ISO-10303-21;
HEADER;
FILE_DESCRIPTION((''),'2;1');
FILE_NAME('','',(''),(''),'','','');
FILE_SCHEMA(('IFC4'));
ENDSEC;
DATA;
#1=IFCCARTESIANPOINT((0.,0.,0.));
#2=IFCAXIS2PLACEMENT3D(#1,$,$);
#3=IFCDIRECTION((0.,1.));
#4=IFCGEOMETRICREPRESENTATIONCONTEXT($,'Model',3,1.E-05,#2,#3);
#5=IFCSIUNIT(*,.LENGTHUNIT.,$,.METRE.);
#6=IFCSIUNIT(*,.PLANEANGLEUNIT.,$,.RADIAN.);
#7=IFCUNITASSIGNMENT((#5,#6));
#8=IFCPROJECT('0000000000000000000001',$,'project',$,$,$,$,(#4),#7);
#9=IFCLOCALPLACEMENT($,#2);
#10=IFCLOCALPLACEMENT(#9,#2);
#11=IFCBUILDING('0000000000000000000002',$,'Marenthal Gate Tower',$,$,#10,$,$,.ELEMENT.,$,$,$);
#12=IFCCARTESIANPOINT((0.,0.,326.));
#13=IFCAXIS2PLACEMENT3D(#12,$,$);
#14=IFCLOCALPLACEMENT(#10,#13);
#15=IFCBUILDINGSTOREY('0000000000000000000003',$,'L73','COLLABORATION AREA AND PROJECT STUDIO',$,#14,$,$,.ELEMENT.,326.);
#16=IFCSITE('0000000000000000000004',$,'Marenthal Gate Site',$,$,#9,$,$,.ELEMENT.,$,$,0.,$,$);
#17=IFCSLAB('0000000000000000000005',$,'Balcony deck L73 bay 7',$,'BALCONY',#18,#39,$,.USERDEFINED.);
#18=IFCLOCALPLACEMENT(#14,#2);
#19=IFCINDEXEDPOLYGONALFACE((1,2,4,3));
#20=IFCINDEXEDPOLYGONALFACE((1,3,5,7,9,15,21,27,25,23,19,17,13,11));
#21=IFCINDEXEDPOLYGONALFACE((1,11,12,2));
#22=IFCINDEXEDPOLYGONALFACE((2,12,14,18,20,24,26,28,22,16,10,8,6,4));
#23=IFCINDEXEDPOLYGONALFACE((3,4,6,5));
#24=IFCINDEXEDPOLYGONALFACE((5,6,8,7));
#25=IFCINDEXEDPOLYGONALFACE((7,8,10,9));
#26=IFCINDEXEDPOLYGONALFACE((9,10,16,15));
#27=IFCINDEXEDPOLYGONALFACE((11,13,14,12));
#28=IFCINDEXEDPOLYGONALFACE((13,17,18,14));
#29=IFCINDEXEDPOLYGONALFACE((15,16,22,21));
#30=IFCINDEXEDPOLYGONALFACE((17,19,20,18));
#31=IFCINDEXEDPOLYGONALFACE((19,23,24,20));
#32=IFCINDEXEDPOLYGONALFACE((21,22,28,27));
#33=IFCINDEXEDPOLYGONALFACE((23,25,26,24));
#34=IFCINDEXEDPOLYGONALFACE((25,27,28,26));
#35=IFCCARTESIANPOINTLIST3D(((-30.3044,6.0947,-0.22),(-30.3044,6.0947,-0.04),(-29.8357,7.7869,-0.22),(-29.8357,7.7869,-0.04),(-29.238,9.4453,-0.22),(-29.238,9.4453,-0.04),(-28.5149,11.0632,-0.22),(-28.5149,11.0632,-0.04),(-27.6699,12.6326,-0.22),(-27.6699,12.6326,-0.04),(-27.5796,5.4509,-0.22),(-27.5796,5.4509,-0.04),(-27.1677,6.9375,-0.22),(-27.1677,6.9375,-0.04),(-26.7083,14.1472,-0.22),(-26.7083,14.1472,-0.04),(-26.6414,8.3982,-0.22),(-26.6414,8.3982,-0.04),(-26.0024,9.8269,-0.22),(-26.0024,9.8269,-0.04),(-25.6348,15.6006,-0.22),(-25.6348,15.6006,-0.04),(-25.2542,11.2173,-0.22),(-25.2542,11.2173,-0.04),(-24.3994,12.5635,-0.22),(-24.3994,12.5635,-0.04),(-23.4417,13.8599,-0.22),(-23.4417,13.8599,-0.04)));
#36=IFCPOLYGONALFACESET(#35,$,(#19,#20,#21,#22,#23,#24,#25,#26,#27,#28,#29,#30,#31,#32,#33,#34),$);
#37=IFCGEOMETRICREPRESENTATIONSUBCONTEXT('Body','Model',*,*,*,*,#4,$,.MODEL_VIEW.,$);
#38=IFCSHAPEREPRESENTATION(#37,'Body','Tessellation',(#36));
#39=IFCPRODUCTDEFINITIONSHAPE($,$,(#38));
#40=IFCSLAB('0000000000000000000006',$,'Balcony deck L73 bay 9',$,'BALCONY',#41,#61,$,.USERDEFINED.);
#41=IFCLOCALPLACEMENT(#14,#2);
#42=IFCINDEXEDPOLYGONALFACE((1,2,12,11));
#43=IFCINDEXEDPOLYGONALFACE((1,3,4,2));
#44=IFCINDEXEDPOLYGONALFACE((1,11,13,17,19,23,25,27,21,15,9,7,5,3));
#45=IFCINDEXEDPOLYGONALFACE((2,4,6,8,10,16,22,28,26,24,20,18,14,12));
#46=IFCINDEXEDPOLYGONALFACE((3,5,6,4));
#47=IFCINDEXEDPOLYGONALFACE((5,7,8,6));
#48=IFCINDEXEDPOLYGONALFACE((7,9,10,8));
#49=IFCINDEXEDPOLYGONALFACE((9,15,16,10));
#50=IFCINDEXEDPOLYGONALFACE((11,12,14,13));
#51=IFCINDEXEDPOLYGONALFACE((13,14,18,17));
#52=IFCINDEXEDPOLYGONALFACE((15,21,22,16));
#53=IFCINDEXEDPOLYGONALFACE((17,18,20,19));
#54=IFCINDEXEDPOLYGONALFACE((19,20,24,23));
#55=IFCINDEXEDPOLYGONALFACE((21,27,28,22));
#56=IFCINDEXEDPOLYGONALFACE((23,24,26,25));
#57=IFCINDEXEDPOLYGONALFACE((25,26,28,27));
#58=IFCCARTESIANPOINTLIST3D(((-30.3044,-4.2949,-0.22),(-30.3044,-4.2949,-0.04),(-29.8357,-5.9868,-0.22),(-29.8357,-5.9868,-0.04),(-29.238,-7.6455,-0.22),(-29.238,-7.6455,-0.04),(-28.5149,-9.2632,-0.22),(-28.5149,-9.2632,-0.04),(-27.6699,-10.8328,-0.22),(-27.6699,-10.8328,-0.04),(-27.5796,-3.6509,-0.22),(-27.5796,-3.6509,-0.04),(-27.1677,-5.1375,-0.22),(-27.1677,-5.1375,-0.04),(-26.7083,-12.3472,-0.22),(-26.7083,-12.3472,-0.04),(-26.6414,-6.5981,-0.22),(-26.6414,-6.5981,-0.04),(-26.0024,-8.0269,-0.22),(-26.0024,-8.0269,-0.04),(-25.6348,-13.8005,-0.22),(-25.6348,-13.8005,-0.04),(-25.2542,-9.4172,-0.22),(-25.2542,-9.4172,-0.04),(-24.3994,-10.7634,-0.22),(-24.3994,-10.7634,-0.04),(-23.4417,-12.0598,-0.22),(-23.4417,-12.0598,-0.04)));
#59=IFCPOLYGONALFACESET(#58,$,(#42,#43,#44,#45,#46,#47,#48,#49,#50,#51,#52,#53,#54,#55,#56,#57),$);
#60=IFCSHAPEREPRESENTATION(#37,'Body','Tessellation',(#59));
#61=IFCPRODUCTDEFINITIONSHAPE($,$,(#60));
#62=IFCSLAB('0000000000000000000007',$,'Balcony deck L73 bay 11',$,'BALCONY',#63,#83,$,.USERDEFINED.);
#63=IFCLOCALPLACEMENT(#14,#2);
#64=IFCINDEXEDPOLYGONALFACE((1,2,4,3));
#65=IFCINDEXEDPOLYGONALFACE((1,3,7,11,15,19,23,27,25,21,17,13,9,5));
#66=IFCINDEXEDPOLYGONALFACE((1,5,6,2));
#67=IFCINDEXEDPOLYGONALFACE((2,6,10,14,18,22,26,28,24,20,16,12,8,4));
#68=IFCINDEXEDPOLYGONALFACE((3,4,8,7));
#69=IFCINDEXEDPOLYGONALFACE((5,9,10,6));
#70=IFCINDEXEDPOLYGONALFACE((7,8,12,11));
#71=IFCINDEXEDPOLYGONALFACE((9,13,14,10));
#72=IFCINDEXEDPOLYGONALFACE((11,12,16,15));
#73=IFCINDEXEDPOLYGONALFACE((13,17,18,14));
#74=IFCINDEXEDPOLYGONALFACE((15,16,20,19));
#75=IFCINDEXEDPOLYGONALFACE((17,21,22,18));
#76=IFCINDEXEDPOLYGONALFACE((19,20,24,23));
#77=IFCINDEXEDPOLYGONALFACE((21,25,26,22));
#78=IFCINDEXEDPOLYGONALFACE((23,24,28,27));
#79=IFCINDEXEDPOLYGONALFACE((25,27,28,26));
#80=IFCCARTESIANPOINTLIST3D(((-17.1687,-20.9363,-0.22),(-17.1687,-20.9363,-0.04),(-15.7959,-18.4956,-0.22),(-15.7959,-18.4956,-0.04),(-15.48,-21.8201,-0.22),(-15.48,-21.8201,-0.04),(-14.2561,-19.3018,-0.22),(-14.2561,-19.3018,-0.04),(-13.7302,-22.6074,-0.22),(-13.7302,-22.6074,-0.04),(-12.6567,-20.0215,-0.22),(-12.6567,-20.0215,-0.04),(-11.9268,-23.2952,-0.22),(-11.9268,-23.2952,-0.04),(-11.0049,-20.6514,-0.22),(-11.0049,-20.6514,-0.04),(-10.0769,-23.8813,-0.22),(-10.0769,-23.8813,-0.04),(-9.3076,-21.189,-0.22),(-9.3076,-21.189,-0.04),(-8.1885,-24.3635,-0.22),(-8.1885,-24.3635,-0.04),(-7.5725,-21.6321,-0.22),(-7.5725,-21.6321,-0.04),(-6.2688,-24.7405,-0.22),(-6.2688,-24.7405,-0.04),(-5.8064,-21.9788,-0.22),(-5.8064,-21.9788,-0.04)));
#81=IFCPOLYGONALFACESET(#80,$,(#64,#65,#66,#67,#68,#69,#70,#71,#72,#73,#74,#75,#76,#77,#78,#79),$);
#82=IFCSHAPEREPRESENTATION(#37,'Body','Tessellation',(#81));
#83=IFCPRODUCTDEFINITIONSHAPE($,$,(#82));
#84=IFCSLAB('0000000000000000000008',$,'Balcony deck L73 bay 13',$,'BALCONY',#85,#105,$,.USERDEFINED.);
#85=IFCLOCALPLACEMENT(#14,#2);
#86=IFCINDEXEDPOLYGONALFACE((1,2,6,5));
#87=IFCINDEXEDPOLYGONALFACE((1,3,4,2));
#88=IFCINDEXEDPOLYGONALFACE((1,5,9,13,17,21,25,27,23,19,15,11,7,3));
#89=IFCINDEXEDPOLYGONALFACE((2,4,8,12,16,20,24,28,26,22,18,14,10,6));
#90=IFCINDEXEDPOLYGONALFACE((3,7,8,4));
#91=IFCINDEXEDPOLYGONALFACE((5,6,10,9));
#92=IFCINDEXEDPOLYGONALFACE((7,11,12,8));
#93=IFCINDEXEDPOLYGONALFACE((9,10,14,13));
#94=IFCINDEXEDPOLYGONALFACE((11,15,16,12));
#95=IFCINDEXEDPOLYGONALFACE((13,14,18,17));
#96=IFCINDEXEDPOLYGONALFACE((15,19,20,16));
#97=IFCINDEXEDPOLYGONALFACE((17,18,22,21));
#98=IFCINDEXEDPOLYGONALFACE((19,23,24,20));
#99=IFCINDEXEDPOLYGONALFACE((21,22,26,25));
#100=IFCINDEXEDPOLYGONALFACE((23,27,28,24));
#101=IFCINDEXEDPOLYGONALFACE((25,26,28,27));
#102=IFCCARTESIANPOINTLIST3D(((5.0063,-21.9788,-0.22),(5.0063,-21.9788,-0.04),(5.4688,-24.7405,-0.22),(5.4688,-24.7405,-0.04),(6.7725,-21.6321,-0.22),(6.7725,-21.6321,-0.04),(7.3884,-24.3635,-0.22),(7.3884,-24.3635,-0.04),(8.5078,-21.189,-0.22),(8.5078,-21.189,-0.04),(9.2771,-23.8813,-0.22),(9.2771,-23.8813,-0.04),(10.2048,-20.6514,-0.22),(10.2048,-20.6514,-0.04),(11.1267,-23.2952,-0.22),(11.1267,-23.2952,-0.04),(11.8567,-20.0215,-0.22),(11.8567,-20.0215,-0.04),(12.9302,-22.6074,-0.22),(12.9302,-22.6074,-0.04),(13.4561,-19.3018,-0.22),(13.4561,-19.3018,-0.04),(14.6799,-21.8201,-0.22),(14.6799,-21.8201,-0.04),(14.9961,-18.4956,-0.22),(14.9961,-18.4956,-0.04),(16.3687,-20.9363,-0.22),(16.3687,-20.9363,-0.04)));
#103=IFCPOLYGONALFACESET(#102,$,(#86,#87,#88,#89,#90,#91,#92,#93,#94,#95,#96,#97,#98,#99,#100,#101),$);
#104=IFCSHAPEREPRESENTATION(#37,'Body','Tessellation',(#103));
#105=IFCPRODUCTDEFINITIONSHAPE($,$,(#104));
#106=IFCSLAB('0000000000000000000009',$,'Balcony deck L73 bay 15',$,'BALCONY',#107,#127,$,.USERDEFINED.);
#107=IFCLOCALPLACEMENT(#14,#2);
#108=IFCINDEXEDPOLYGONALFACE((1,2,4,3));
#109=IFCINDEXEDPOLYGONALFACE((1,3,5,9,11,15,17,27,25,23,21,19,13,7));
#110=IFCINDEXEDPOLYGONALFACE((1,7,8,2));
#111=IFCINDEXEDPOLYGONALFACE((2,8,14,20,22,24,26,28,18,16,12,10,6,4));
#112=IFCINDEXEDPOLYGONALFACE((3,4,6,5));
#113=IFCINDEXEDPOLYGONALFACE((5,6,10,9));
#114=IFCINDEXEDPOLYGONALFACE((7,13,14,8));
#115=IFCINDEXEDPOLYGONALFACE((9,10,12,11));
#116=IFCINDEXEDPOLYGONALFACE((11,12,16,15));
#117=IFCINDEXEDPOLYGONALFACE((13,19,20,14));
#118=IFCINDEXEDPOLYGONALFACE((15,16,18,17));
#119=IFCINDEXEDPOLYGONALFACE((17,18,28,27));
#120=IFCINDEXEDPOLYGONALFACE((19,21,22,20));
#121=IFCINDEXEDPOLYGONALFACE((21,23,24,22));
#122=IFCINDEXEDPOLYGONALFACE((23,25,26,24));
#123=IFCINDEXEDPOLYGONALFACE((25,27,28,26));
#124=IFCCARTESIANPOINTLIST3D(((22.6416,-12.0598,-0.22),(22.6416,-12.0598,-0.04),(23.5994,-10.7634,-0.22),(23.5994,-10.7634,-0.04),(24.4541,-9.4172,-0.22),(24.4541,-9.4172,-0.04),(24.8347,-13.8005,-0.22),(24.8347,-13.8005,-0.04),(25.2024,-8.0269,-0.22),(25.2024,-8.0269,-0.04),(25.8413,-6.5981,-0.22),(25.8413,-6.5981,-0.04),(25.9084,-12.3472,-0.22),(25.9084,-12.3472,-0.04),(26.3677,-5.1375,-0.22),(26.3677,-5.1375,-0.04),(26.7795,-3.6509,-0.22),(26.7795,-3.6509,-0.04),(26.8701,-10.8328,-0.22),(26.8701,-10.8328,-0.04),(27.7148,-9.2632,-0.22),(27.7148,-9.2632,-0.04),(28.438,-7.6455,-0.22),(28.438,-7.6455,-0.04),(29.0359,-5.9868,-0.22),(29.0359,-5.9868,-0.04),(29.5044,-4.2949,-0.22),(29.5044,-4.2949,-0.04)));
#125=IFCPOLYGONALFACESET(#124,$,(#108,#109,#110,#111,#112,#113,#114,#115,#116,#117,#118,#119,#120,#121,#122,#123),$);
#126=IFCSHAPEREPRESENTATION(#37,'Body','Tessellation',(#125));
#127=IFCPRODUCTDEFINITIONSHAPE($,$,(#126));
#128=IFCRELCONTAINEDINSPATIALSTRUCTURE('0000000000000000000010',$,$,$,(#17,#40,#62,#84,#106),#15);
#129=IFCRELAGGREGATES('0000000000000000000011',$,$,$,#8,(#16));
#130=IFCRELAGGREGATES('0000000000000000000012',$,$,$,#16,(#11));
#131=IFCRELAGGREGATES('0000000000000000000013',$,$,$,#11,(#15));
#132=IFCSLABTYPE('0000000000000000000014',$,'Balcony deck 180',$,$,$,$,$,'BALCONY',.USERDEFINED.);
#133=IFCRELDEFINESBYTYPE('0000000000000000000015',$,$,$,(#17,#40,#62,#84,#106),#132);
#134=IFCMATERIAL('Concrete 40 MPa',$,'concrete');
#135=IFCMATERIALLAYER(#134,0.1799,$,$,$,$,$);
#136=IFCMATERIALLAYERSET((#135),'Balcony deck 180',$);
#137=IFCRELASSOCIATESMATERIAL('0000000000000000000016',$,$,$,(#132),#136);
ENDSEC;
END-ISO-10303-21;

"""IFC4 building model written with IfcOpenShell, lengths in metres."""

from ifc_helpers import new_model, si_unit, direction, frame, origin, place, context, subcontext, project, spatial, polyline, outline, extrude, material, layer, layer_set, type_object, element, save


model = new_model("IFC4")

# Units and contexts
model_context = context("Model", 3, precision=1e-05, world=origin(), true_north=direction((0.0, 1.0)))
body_context = subcontext(model_context, "Body", "Model", "MODEL_VIEW")
ifc_project = project(units=[si_unit("LENGTHUNIT", "METRE"), si_unit("PLANEANGLEUNIT", "RADIAN")], contexts=[model_context])

# Site, building, storey
site_placement = place(None, origin())
site = spatial("IfcSite", under=ifc_project, at=site_placement, Name="Marenthal Gate Site", CompositionType="ELEMENT", RefElevation=0.0)
building_placement = place(site_placement, origin())
building = spatial("IfcBuilding", under=site, at=building_placement, Name="Marenthal Gate Tower", CompositionType="ELEMENT")
storey_placement = place(building_placement, frame((0.0, 0.0, 326.0)))
storey = spatial("IfcBuildingStorey", under=building, at=storey_placement, Name="L73", Description="COLLABORATION AREA AND PROJECT STUDIO", CompositionType="ELEMENT", Elevation=326.0)

# Slabs
ifc_material_1 = material(Name="Concrete 40 MPa", Category="concrete")
ifc_layer_1 = layer(ifc_material_1, 0.1799)
ifc_layer_set_1 = layer_set([ifc_layer_1], Name="Balcony deck 180")
slab_type_1 = type_object("IfcSlabType", Name="Balcony deck 180", ElementType="BALCONY", PredefinedType="USERDEFINED", material=ifc_layer_set_1)
slab_1_placement = place(storey_placement, frame((0.0, 0.0, -0.22)))
element("IfcSlab", 1, at=slab_1_placement, inside=storey, type_object=slab_type_1, Name="Balcony deck L73 bay 7", ObjectType="BALCONY", PredefinedType="USERDEFINED", context=body_context, shape_type="SweptSolid", body=[
    extrude(outline(polyline([(-23.4417, 13.8599), (-24.3994, 12.5635), (-25.2542, 11.2173), (-26.0024, 9.8269), (-26.6414, 8.3982), (-27.1677, 6.9375), (-27.5796, 5.4509), (-30.3044, 6.0947), (-29.8357, 7.7869), (-29.238, 9.4453), (-28.5149, 11.0632), (-27.6699, 12.6326), (-26.7083, 14.1472), (-25.6348, 15.6006), (-23.4417, 13.8599)])), origin(), (0.0, 0.0, 1.0), 0.1799),
])
slab_2_placement = place(storey_placement, frame((0.0, 0.0, -0.22)))
element("IfcSlab", 2, at=slab_2_placement, inside=storey, type_object=slab_type_1, Name="Balcony deck L73 bay 9", ObjectType="BALCONY", PredefinedType="USERDEFINED", context=body_context, shape_type="SweptSolid", body=[
    extrude(outline(polyline([(-27.5796, -3.6509), (-27.1677, -5.1375), (-26.6414, -6.5981), (-26.0024, -8.0269), (-25.2542, -9.4172), (-24.3994, -10.7634), (-23.4417, -12.0598), (-25.6348, -13.8005), (-26.7083, -12.3472), (-27.6699, -10.8328), (-28.5149, -9.2632), (-29.238, -7.6455), (-29.8357, -5.9868), (-30.3044, -4.2949), (-27.5796, -3.6509)])), origin(), (0.0, 0.0, 1.0), 0.1799),
])
slab_3_placement = place(storey_placement, frame((0.0, 0.0, -0.22)))
element("IfcSlab", 3, at=slab_3_placement, inside=storey, type_object=slab_type_1, Name="Balcony deck L73 bay 11", ObjectType="BALCONY", PredefinedType="USERDEFINED", context=body_context, shape_type="SweptSolid", body=[
    extrude(outline(polyline([(-15.7959, -18.4956), (-14.2561, -19.3018), (-12.6567, -20.0215), (-11.0049, -20.6514), (-9.3076, -21.189), (-7.5725, -21.6321), (-5.8064, -21.9788), (-6.2688, -24.7405), (-8.1885, -24.3635), (-10.0769, -23.8813), (-11.9268, -23.2952), (-13.7302, -22.6074), (-15.48, -21.8201), (-17.1687, -20.9363), (-15.7959, -18.4956)])), origin(), (0.0, 0.0, 1.0), 0.1799),
])
slab_4_placement = place(storey_placement, frame((0.0, 0.0, -0.22)))
element("IfcSlab", 4, at=slab_4_placement, inside=storey, type_object=slab_type_1, Name="Balcony deck L73 bay 13", ObjectType="BALCONY", PredefinedType="USERDEFINED", context=body_context, shape_type="SweptSolid", body=[
    extrude(outline(polyline([(5.0063, -21.9788), (6.7725, -21.6321), (8.5078, -21.189), (10.2048, -20.6514), (11.8567, -20.0215), (13.4561, -19.3018), (14.9961, -18.4956), (16.3687, -20.9363), (14.6799, -21.8201), (12.9302, -22.6074), (11.1267, -23.2952), (9.2771, -23.8813), (7.3884, -24.3635), (5.4688, -24.7405), (5.0063, -21.9788)])), origin(), (0.0, 0.0, 1.0), 0.1799),
])
slab_5_placement = place(storey_placement, frame((0.0, 0.0, -0.22)))
element("IfcSlab", 5, at=slab_5_placement, inside=storey, type_object=slab_type_1, Name="Balcony deck L73 bay 15", ObjectType="BALCONY", PredefinedType="USERDEFINED", context=body_context, shape_type="SweptSolid", body=[
    extrude(outline(polyline([(22.6416, -12.0598), (23.5994, -10.7634), (24.4541, -9.4172), (25.2024, -8.0269), (25.8413, -6.5981), (26.3677, -5.1375), (26.7795, -3.6509), (29.5044, -4.2949), (29.0359, -5.9868), (28.438, -7.6455), (27.7148, -9.2632), (26.8701, -10.8328), (25.9084, -12.3472), (24.8347, -13.8005), (22.6416, -12.0598)])), origin(), (0.0, 0.0, 1.0), 0.1799),
])

save(model, "model.ifc")
